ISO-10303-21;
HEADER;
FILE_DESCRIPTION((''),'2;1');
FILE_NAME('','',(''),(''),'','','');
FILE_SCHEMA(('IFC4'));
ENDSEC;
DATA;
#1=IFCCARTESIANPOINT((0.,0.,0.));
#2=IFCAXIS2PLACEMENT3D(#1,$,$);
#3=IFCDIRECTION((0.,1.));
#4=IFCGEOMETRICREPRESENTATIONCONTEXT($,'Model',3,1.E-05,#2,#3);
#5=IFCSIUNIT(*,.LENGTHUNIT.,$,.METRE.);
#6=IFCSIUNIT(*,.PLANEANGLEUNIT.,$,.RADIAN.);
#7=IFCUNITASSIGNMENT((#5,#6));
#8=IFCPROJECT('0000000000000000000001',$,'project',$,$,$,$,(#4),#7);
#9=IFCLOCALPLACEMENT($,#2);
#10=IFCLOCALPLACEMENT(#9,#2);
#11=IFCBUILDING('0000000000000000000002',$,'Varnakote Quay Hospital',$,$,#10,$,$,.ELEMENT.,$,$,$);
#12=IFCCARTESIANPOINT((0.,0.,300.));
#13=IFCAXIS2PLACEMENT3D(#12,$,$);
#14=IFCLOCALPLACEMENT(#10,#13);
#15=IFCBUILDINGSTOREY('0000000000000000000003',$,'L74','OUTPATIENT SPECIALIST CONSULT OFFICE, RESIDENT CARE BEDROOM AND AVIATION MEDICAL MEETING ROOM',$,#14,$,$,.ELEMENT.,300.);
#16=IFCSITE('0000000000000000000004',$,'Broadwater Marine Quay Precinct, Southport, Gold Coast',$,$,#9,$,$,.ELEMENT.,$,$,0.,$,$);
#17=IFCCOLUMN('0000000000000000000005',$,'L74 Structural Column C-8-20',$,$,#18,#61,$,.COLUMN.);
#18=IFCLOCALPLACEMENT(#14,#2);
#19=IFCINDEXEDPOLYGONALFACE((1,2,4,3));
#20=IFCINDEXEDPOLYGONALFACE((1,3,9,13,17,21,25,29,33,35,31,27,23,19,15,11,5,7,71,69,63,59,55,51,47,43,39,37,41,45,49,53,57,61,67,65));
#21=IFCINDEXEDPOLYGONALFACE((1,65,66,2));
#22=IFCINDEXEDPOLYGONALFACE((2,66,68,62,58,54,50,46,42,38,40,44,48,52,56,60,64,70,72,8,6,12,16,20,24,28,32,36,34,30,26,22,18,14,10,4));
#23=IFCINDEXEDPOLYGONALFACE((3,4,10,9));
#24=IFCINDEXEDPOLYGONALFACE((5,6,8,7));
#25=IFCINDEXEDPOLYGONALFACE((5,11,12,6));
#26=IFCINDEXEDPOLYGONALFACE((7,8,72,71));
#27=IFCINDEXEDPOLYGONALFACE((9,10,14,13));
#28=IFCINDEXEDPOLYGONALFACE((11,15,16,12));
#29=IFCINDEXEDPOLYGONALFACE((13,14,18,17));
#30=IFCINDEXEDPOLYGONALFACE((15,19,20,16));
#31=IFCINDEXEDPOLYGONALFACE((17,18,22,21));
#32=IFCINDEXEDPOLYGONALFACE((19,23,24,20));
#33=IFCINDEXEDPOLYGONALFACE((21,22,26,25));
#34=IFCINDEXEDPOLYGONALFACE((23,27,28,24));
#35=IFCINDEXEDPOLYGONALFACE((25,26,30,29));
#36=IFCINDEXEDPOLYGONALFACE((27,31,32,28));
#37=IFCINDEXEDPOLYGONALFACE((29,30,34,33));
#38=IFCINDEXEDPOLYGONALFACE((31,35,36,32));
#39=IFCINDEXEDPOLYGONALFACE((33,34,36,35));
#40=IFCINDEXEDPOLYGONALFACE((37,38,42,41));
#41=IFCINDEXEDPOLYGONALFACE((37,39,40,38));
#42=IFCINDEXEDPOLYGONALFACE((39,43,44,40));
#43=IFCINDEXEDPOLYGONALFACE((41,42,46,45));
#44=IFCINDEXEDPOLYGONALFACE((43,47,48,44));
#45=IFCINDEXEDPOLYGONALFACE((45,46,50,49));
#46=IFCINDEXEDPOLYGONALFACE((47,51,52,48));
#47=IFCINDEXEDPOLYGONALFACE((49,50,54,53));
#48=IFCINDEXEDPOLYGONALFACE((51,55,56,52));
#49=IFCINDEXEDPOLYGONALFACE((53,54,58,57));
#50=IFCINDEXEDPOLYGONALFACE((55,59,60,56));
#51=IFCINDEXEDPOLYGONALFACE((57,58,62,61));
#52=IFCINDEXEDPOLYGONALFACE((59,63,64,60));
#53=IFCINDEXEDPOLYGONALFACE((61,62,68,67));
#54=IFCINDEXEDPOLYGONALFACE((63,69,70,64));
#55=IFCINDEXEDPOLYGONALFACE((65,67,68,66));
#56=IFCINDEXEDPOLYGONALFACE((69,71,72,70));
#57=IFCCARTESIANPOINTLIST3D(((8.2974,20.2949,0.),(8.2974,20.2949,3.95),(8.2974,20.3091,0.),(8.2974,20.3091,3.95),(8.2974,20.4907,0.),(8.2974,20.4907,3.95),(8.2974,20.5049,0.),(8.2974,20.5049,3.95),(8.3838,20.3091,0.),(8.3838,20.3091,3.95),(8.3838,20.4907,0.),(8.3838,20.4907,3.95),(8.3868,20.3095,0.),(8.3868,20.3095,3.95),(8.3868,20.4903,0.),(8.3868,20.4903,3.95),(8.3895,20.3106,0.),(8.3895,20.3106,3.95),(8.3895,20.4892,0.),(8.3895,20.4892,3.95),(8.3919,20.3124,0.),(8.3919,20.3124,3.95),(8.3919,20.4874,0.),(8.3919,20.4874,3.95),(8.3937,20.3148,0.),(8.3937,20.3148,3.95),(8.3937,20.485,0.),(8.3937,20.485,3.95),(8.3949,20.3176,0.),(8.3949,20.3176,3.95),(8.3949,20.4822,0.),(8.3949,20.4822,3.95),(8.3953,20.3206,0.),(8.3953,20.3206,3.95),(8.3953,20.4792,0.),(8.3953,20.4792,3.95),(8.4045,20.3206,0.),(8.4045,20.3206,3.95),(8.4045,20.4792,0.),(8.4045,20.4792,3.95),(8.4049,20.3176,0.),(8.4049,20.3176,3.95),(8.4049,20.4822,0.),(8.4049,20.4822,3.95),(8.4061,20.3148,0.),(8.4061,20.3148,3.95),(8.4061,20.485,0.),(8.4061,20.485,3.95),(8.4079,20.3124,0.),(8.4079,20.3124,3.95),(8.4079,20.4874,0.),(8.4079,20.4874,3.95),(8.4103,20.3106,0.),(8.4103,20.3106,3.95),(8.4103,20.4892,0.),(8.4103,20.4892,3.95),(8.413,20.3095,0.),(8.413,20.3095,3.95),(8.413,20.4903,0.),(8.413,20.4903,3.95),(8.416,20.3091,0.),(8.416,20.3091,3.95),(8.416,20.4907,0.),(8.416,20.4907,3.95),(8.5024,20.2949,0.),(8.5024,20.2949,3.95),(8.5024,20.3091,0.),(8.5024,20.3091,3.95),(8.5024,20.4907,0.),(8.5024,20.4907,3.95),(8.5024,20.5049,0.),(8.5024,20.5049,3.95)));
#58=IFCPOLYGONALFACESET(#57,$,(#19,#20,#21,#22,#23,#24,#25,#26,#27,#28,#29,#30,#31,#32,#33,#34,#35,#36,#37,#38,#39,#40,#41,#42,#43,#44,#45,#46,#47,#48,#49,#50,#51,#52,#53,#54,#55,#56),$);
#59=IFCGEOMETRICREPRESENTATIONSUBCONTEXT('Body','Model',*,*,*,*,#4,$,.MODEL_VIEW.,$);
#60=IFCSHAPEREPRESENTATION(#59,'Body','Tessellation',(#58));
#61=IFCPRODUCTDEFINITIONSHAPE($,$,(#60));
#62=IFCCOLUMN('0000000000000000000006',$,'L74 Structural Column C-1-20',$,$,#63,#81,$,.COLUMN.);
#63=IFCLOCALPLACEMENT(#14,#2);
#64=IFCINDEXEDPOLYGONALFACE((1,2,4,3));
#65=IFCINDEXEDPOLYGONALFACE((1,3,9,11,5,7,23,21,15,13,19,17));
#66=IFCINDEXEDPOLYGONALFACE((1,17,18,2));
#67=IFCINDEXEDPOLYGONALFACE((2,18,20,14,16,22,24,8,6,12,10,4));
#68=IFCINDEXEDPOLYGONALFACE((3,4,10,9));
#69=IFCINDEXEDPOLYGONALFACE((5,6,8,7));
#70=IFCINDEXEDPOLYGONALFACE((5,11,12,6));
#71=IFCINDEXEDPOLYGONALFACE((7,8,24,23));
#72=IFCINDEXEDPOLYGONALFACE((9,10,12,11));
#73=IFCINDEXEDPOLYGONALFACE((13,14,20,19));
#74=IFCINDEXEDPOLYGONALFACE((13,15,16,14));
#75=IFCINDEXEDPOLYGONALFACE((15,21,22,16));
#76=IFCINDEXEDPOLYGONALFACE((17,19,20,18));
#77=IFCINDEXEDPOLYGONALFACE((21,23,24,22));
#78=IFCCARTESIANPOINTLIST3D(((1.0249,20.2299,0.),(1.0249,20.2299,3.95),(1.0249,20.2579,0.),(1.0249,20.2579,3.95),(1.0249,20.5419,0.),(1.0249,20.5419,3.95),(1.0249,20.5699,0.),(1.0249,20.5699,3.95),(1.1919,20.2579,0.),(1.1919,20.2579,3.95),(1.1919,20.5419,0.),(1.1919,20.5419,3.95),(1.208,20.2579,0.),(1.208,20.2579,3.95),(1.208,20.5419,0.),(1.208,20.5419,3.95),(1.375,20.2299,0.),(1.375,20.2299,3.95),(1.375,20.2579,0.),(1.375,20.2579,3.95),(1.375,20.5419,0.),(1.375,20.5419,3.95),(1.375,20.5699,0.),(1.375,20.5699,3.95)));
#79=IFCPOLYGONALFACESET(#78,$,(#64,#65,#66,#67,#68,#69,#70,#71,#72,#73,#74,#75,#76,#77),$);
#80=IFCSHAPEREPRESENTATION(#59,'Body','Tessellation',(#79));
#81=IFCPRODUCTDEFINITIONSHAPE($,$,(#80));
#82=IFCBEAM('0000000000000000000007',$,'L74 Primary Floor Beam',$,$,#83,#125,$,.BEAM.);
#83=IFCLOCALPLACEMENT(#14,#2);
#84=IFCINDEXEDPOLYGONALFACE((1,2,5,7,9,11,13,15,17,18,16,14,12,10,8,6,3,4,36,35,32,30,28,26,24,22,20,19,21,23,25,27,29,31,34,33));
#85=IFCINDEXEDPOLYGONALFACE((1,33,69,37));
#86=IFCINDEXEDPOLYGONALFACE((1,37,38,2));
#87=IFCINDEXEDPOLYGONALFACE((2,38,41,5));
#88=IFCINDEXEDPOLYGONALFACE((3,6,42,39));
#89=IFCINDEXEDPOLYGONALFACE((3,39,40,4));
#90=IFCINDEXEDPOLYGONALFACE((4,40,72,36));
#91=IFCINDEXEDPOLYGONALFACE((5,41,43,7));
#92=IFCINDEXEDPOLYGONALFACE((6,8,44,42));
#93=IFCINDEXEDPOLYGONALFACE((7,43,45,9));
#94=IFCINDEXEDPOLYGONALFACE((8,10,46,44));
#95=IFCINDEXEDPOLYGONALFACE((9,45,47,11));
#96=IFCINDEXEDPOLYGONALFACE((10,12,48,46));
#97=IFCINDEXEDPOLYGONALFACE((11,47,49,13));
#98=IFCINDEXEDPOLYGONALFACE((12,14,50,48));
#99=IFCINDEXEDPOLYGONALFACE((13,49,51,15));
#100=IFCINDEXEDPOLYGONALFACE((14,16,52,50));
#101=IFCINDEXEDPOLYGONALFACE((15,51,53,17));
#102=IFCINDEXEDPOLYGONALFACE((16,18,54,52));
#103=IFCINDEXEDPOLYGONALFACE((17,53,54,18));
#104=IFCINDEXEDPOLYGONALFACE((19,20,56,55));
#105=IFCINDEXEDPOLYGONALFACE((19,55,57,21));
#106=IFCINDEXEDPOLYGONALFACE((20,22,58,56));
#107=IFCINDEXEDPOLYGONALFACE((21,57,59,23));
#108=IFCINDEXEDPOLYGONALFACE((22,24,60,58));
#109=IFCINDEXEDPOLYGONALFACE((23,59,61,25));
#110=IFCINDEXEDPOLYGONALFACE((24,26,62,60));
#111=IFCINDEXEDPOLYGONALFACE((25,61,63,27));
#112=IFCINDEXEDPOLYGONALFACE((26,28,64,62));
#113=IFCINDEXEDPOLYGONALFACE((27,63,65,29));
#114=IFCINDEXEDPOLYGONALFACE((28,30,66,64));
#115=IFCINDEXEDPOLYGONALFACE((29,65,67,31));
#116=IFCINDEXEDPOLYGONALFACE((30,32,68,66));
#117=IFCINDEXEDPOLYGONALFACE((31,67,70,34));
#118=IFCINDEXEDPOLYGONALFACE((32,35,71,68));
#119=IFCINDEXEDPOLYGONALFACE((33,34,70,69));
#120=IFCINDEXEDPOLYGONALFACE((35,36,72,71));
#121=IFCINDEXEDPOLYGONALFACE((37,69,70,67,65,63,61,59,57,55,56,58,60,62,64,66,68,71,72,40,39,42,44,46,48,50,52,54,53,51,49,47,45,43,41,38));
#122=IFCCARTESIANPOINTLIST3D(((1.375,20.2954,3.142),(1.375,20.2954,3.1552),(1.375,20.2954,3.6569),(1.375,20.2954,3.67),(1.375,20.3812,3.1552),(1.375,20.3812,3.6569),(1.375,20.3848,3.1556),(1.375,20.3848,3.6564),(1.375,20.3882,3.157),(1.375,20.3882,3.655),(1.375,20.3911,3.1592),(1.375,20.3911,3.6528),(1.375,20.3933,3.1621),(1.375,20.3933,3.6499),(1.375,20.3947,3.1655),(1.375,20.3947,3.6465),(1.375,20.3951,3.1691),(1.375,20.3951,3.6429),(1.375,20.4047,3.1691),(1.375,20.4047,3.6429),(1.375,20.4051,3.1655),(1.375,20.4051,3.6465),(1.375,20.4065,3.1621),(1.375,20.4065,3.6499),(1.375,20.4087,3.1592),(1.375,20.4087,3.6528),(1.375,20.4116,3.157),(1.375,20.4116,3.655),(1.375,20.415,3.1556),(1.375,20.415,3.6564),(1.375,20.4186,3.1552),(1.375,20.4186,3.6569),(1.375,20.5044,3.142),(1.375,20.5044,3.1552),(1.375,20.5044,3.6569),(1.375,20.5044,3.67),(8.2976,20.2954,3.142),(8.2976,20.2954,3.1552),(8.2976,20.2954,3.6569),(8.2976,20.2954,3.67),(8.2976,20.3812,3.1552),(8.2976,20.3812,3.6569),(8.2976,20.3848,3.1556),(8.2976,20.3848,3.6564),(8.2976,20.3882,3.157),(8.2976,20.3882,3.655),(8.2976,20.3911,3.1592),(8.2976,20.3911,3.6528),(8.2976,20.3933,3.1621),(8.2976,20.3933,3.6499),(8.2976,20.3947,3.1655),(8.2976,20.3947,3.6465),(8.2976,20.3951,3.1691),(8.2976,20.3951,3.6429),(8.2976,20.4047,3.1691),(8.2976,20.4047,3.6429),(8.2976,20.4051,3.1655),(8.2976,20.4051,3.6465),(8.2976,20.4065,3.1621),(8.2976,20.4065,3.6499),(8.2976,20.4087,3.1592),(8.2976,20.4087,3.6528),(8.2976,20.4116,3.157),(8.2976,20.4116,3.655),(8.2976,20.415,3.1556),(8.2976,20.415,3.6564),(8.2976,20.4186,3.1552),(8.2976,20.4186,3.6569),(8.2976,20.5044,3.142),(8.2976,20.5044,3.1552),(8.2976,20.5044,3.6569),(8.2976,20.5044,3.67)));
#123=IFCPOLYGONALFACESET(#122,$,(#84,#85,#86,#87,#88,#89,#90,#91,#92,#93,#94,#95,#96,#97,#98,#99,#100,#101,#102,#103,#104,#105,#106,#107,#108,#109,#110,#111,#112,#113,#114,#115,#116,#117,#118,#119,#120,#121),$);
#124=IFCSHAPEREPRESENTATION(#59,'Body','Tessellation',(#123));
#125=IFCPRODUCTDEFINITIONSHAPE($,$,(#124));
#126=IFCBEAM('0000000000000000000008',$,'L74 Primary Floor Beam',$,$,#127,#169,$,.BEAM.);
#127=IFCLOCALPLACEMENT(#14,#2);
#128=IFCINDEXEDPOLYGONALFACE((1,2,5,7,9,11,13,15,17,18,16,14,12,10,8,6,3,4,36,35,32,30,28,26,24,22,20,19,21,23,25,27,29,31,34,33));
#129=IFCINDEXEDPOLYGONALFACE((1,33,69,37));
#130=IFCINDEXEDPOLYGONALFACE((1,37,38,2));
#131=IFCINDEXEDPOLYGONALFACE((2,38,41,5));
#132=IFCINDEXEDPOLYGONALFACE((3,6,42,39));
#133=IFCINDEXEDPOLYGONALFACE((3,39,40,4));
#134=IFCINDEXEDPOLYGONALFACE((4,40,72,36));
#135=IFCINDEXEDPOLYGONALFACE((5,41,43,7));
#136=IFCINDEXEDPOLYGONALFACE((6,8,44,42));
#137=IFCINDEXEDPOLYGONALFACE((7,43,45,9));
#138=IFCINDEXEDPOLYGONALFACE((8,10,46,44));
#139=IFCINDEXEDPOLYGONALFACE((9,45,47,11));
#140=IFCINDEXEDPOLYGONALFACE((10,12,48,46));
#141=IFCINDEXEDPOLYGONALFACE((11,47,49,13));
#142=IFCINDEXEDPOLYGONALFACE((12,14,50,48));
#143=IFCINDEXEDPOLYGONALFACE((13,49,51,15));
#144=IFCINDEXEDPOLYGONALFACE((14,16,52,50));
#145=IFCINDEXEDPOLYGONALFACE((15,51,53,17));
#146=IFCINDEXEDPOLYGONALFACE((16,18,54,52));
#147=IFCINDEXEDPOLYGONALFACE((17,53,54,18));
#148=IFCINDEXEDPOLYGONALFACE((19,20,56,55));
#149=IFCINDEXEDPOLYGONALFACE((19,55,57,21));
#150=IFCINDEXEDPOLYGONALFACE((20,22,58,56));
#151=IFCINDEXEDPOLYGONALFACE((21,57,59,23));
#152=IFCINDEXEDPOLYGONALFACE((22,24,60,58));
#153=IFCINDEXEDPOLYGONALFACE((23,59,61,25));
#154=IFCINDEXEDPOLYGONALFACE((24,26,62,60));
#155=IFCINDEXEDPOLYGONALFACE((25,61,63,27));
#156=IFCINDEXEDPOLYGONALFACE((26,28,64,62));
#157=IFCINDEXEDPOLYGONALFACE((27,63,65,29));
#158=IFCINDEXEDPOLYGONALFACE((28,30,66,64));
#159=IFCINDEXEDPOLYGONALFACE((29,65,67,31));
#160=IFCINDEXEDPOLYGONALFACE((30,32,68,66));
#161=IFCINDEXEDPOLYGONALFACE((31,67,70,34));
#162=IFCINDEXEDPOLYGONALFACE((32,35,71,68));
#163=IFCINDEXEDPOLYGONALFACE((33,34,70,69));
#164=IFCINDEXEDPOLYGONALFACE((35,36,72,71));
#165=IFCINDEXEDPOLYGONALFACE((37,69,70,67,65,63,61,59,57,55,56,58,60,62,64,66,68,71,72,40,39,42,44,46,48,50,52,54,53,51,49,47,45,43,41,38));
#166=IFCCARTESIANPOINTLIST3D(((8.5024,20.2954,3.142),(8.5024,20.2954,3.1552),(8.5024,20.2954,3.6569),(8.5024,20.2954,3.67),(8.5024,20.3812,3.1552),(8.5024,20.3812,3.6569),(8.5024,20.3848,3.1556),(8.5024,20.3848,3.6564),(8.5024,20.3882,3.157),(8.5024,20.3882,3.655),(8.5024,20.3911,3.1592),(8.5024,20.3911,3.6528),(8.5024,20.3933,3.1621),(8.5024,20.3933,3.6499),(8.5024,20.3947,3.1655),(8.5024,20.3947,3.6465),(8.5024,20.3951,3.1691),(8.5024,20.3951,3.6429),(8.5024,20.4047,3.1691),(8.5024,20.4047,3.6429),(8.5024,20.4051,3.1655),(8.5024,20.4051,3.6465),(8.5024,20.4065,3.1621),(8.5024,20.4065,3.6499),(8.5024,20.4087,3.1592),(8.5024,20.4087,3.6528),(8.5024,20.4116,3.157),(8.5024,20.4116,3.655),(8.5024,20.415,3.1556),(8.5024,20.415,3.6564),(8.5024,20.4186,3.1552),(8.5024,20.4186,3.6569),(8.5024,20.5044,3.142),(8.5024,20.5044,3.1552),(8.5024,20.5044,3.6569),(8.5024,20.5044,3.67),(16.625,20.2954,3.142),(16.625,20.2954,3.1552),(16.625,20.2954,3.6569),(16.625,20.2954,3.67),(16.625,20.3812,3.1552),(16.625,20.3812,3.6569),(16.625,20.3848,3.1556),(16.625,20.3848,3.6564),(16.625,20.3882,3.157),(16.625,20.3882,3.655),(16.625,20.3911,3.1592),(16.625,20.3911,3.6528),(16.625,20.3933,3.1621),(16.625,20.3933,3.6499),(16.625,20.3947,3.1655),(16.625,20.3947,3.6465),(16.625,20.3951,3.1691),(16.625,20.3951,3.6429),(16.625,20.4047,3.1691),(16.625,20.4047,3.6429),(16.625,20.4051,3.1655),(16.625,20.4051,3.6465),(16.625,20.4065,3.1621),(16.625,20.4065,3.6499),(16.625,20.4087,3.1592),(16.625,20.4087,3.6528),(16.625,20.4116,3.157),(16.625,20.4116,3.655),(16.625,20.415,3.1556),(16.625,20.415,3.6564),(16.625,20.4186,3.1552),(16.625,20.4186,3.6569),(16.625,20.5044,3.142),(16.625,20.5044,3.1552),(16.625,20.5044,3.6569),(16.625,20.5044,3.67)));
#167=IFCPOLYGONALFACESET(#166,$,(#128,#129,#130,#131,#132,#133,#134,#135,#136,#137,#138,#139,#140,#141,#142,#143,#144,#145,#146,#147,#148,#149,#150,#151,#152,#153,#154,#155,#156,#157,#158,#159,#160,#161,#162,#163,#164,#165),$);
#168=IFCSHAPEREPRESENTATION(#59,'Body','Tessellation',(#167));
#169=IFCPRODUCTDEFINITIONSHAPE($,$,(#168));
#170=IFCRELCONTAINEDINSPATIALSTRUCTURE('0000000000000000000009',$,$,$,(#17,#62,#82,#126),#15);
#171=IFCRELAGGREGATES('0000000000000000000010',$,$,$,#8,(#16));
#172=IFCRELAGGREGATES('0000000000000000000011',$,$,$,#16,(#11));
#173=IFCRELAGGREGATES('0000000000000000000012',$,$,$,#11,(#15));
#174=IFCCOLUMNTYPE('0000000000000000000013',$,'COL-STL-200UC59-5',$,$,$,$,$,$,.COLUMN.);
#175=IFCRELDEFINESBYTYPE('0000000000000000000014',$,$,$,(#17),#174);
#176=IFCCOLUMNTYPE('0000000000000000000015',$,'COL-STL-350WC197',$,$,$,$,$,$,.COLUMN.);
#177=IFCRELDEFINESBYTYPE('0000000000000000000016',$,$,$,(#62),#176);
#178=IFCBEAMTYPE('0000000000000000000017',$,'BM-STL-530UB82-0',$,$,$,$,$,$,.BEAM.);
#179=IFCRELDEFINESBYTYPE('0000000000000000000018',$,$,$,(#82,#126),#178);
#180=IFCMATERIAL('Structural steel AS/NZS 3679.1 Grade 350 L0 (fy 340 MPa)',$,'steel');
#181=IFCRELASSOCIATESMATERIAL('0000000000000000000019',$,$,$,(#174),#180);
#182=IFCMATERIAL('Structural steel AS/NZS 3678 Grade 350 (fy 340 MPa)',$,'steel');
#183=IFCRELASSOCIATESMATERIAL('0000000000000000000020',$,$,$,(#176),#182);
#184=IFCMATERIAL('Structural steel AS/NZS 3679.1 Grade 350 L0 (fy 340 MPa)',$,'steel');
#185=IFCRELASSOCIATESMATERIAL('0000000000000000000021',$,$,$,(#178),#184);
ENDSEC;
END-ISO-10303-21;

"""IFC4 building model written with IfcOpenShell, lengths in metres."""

from ifc_helpers import new_model, si_unit, direction, frame, origin, origin_2d, place, context, subcontext, project, spatial, i_section, extrude, material, material_profile, profile_set, type_object, element, save


model = new_model("IFC4")

# Units and contexts
model_context = context("Model", 3, precision=1e-05, world=origin(), true_north=direction((0.0, 1.0)))
body_context = subcontext(model_context, "Body", "Model", "MODEL_VIEW")
ifc_project = project(units=[si_unit("LENGTHUNIT", "METRE"), si_unit("PLANEANGLEUNIT", "RADIAN")], contexts=[model_context])

# Site, building, storey
site_placement = place(None, origin())
site = spatial("IfcSite", under=ifc_project, at=site_placement, Name="Broadwater Marine Quay Precinct, Southport, Gold Coast", CompositionType="ELEMENT", RefElevation=0.0)
building_placement = place(site_placement, origin())
building = spatial("IfcBuilding", under=site, at=building_placement, Name="Varnakote Quay Hospital", CompositionType="ELEMENT")
storey_placement = place(building_placement, frame((0.0, 0.0, 300.0)))
storey = spatial("IfcBuildingStorey", under=building, at=storey_placement, Name="L74", Description="OUTPATIENT SPECIALIST CONSULT OFFICE, RESIDENT CARE BEDROOM AND AVIATION MEDICAL MEETING ROOM", CompositionType="ELEMENT", Elevation=300.0)

# Columns
ifc_material_1 = material(Name="Structural steel AS/NZS 3679.1 Grade 350 L0 (fy 340 MPa)", Category="steel")
ifc_material_profile_1 = material_profile(ifc_material_1, i_section(OverallWidth=0.2051, OverallDepth=0.21, WebThickness=0.0093, FlangeThickness=0.0142, FilletRadius=0.0115, at=origin_2d()), Name="200UC59.5")
ifc_profile_set_1 = profile_set([ifc_material_profile_1], Name="Structural steel AS/NZS 3679.1 Grade 350 L0 (fy 340 MPa)")
column_type_1 = type_object("IfcColumnType", Name="COL-STL-200UC59-5", PredefinedType="COLUMN", material=ifc_profile_set_1)
column_1_placement = place(storey_placement, frame((8.3999, 20.3999, 0.0), z_axis=(0.0, 0.0, 1.0), x_axis=(1.0, 0.0, 0.0)))
element("IfcColumn", 1, at=column_1_placement, inside=storey, type_object=column_type_1, Name="L74 Structural Column C-8-20", PredefinedType="COLUMN", context=body_context, shape_type="SweptSolid", body=[
    extrude(i_section(OverallWidth=0.2051, OverallDepth=0.21, WebThickness=0.0093, FlangeThickness=0.0142, FilletRadius=0.0115, at=origin_2d()), origin(), (0.0, 0.0, 1.0), 3.95),
])
ifc_material_2 = material(Name="Structural steel AS/NZS 3678 Grade 350 (fy 340 MPa)", Category="steel")
ifc_material_profile_2 = material_profile(ifc_material_2, i_section(OverallWidth=0.3501, OverallDepth=0.3401, WebThickness=0.0161, FlangeThickness=0.0281, at=origin_2d()), Name="350WC197")
ifc_profile_set_2 = profile_set([ifc_material_profile_2], Name="Structural steel AS/NZS 3678 Grade 350 (fy 340 MPa)")
column_type_2 = type_object("IfcColumnType", Name="COL-STL-350WC197", PredefinedType="COLUMN", material=ifc_profile_set_2)
column_2_placement = place(storey_placement, frame((1.2, 20.3999, 0.0), z_axis=(0.0, 0.0, 1.0), x_axis=(1.0, 0.0, 0.0)))
element("IfcColumn", 2, at=column_2_placement, inside=storey, type_object=column_type_2, Name="L74 Structural Column C-1-20", PredefinedType="COLUMN", context=body_context, shape_type="SweptSolid", body=[
    extrude(i_section(OverallWidth=0.3501, OverallDepth=0.3401, WebThickness=0.0161, FlangeThickness=0.0281, at=origin_2d()), origin(), (0.0, 0.0, 1.0), 3.95),
])

# Beams
ifc_material_3 = material(Name="Structural steel AS/NZS 3679.1 Grade 350 L0 (fy 340 MPa)", Category="steel")
ifc_material_profile_3 = material_profile(ifc_material_3, i_section(OverallWidth=0.209, OverallDepth=0.5281, WebThickness=0.0095, FlangeThickness=0.0132, FilletRadius=0.0139, at=origin_2d()), Name="530UB82.0")
ifc_profile_set_3 = profile_set([ifc_material_profile_3], Name="Structural steel AS/NZS 3679.1 Grade 350 L0 (fy 340 MPa)")
beam_type_1 = type_object("IfcBeamType", Name="BM-STL-530UB82-0", PredefinedType="BEAM", material=ifc_profile_set_3)
beam_1_placement = place(storey_placement, frame((1.375, 20.3999, 3.406), z_axis=(1.0, 0.0, 0.0), x_axis=(0.0, 1.0, 0.0)))
element("IfcBeam", 3, at=beam_1_placement, inside=storey, type_object=beam_type_1, Name="L74 Primary Floor Beam", PredefinedType="BEAM", context=body_context, shape_type="SweptSolid", body=[
    extrude(i_section(OverallWidth=0.209, OverallDepth=0.5281, WebThickness=0.0095, FlangeThickness=0.0132, FilletRadius=0.0139, at=origin_2d()), origin(), (0.0, 0.0, 1.0), 6.9226),
])
beam_2_placement = place(storey_placement, frame((8.5024, 20.3999, 3.406), z_axis=(1.0, 0.0, 0.0), x_axis=(0.0, 1.0, 0.0)))
element("IfcBeam", 4, at=beam_2_placement, inside=storey, type_object=beam_type_1, Name="L74 Primary Floor Beam", PredefinedType="BEAM", context=body_context, shape_type="SweptSolid", body=[
    extrude(i_section(OverallWidth=0.209, OverallDepth=0.5281, WebThickness=0.0095, FlangeThickness=0.0132, FilletRadius=0.0139, at=origin_2d()), origin(), (0.0, 0.0, 1.0), 8.1226),
])

save(model, "model.ifc")
